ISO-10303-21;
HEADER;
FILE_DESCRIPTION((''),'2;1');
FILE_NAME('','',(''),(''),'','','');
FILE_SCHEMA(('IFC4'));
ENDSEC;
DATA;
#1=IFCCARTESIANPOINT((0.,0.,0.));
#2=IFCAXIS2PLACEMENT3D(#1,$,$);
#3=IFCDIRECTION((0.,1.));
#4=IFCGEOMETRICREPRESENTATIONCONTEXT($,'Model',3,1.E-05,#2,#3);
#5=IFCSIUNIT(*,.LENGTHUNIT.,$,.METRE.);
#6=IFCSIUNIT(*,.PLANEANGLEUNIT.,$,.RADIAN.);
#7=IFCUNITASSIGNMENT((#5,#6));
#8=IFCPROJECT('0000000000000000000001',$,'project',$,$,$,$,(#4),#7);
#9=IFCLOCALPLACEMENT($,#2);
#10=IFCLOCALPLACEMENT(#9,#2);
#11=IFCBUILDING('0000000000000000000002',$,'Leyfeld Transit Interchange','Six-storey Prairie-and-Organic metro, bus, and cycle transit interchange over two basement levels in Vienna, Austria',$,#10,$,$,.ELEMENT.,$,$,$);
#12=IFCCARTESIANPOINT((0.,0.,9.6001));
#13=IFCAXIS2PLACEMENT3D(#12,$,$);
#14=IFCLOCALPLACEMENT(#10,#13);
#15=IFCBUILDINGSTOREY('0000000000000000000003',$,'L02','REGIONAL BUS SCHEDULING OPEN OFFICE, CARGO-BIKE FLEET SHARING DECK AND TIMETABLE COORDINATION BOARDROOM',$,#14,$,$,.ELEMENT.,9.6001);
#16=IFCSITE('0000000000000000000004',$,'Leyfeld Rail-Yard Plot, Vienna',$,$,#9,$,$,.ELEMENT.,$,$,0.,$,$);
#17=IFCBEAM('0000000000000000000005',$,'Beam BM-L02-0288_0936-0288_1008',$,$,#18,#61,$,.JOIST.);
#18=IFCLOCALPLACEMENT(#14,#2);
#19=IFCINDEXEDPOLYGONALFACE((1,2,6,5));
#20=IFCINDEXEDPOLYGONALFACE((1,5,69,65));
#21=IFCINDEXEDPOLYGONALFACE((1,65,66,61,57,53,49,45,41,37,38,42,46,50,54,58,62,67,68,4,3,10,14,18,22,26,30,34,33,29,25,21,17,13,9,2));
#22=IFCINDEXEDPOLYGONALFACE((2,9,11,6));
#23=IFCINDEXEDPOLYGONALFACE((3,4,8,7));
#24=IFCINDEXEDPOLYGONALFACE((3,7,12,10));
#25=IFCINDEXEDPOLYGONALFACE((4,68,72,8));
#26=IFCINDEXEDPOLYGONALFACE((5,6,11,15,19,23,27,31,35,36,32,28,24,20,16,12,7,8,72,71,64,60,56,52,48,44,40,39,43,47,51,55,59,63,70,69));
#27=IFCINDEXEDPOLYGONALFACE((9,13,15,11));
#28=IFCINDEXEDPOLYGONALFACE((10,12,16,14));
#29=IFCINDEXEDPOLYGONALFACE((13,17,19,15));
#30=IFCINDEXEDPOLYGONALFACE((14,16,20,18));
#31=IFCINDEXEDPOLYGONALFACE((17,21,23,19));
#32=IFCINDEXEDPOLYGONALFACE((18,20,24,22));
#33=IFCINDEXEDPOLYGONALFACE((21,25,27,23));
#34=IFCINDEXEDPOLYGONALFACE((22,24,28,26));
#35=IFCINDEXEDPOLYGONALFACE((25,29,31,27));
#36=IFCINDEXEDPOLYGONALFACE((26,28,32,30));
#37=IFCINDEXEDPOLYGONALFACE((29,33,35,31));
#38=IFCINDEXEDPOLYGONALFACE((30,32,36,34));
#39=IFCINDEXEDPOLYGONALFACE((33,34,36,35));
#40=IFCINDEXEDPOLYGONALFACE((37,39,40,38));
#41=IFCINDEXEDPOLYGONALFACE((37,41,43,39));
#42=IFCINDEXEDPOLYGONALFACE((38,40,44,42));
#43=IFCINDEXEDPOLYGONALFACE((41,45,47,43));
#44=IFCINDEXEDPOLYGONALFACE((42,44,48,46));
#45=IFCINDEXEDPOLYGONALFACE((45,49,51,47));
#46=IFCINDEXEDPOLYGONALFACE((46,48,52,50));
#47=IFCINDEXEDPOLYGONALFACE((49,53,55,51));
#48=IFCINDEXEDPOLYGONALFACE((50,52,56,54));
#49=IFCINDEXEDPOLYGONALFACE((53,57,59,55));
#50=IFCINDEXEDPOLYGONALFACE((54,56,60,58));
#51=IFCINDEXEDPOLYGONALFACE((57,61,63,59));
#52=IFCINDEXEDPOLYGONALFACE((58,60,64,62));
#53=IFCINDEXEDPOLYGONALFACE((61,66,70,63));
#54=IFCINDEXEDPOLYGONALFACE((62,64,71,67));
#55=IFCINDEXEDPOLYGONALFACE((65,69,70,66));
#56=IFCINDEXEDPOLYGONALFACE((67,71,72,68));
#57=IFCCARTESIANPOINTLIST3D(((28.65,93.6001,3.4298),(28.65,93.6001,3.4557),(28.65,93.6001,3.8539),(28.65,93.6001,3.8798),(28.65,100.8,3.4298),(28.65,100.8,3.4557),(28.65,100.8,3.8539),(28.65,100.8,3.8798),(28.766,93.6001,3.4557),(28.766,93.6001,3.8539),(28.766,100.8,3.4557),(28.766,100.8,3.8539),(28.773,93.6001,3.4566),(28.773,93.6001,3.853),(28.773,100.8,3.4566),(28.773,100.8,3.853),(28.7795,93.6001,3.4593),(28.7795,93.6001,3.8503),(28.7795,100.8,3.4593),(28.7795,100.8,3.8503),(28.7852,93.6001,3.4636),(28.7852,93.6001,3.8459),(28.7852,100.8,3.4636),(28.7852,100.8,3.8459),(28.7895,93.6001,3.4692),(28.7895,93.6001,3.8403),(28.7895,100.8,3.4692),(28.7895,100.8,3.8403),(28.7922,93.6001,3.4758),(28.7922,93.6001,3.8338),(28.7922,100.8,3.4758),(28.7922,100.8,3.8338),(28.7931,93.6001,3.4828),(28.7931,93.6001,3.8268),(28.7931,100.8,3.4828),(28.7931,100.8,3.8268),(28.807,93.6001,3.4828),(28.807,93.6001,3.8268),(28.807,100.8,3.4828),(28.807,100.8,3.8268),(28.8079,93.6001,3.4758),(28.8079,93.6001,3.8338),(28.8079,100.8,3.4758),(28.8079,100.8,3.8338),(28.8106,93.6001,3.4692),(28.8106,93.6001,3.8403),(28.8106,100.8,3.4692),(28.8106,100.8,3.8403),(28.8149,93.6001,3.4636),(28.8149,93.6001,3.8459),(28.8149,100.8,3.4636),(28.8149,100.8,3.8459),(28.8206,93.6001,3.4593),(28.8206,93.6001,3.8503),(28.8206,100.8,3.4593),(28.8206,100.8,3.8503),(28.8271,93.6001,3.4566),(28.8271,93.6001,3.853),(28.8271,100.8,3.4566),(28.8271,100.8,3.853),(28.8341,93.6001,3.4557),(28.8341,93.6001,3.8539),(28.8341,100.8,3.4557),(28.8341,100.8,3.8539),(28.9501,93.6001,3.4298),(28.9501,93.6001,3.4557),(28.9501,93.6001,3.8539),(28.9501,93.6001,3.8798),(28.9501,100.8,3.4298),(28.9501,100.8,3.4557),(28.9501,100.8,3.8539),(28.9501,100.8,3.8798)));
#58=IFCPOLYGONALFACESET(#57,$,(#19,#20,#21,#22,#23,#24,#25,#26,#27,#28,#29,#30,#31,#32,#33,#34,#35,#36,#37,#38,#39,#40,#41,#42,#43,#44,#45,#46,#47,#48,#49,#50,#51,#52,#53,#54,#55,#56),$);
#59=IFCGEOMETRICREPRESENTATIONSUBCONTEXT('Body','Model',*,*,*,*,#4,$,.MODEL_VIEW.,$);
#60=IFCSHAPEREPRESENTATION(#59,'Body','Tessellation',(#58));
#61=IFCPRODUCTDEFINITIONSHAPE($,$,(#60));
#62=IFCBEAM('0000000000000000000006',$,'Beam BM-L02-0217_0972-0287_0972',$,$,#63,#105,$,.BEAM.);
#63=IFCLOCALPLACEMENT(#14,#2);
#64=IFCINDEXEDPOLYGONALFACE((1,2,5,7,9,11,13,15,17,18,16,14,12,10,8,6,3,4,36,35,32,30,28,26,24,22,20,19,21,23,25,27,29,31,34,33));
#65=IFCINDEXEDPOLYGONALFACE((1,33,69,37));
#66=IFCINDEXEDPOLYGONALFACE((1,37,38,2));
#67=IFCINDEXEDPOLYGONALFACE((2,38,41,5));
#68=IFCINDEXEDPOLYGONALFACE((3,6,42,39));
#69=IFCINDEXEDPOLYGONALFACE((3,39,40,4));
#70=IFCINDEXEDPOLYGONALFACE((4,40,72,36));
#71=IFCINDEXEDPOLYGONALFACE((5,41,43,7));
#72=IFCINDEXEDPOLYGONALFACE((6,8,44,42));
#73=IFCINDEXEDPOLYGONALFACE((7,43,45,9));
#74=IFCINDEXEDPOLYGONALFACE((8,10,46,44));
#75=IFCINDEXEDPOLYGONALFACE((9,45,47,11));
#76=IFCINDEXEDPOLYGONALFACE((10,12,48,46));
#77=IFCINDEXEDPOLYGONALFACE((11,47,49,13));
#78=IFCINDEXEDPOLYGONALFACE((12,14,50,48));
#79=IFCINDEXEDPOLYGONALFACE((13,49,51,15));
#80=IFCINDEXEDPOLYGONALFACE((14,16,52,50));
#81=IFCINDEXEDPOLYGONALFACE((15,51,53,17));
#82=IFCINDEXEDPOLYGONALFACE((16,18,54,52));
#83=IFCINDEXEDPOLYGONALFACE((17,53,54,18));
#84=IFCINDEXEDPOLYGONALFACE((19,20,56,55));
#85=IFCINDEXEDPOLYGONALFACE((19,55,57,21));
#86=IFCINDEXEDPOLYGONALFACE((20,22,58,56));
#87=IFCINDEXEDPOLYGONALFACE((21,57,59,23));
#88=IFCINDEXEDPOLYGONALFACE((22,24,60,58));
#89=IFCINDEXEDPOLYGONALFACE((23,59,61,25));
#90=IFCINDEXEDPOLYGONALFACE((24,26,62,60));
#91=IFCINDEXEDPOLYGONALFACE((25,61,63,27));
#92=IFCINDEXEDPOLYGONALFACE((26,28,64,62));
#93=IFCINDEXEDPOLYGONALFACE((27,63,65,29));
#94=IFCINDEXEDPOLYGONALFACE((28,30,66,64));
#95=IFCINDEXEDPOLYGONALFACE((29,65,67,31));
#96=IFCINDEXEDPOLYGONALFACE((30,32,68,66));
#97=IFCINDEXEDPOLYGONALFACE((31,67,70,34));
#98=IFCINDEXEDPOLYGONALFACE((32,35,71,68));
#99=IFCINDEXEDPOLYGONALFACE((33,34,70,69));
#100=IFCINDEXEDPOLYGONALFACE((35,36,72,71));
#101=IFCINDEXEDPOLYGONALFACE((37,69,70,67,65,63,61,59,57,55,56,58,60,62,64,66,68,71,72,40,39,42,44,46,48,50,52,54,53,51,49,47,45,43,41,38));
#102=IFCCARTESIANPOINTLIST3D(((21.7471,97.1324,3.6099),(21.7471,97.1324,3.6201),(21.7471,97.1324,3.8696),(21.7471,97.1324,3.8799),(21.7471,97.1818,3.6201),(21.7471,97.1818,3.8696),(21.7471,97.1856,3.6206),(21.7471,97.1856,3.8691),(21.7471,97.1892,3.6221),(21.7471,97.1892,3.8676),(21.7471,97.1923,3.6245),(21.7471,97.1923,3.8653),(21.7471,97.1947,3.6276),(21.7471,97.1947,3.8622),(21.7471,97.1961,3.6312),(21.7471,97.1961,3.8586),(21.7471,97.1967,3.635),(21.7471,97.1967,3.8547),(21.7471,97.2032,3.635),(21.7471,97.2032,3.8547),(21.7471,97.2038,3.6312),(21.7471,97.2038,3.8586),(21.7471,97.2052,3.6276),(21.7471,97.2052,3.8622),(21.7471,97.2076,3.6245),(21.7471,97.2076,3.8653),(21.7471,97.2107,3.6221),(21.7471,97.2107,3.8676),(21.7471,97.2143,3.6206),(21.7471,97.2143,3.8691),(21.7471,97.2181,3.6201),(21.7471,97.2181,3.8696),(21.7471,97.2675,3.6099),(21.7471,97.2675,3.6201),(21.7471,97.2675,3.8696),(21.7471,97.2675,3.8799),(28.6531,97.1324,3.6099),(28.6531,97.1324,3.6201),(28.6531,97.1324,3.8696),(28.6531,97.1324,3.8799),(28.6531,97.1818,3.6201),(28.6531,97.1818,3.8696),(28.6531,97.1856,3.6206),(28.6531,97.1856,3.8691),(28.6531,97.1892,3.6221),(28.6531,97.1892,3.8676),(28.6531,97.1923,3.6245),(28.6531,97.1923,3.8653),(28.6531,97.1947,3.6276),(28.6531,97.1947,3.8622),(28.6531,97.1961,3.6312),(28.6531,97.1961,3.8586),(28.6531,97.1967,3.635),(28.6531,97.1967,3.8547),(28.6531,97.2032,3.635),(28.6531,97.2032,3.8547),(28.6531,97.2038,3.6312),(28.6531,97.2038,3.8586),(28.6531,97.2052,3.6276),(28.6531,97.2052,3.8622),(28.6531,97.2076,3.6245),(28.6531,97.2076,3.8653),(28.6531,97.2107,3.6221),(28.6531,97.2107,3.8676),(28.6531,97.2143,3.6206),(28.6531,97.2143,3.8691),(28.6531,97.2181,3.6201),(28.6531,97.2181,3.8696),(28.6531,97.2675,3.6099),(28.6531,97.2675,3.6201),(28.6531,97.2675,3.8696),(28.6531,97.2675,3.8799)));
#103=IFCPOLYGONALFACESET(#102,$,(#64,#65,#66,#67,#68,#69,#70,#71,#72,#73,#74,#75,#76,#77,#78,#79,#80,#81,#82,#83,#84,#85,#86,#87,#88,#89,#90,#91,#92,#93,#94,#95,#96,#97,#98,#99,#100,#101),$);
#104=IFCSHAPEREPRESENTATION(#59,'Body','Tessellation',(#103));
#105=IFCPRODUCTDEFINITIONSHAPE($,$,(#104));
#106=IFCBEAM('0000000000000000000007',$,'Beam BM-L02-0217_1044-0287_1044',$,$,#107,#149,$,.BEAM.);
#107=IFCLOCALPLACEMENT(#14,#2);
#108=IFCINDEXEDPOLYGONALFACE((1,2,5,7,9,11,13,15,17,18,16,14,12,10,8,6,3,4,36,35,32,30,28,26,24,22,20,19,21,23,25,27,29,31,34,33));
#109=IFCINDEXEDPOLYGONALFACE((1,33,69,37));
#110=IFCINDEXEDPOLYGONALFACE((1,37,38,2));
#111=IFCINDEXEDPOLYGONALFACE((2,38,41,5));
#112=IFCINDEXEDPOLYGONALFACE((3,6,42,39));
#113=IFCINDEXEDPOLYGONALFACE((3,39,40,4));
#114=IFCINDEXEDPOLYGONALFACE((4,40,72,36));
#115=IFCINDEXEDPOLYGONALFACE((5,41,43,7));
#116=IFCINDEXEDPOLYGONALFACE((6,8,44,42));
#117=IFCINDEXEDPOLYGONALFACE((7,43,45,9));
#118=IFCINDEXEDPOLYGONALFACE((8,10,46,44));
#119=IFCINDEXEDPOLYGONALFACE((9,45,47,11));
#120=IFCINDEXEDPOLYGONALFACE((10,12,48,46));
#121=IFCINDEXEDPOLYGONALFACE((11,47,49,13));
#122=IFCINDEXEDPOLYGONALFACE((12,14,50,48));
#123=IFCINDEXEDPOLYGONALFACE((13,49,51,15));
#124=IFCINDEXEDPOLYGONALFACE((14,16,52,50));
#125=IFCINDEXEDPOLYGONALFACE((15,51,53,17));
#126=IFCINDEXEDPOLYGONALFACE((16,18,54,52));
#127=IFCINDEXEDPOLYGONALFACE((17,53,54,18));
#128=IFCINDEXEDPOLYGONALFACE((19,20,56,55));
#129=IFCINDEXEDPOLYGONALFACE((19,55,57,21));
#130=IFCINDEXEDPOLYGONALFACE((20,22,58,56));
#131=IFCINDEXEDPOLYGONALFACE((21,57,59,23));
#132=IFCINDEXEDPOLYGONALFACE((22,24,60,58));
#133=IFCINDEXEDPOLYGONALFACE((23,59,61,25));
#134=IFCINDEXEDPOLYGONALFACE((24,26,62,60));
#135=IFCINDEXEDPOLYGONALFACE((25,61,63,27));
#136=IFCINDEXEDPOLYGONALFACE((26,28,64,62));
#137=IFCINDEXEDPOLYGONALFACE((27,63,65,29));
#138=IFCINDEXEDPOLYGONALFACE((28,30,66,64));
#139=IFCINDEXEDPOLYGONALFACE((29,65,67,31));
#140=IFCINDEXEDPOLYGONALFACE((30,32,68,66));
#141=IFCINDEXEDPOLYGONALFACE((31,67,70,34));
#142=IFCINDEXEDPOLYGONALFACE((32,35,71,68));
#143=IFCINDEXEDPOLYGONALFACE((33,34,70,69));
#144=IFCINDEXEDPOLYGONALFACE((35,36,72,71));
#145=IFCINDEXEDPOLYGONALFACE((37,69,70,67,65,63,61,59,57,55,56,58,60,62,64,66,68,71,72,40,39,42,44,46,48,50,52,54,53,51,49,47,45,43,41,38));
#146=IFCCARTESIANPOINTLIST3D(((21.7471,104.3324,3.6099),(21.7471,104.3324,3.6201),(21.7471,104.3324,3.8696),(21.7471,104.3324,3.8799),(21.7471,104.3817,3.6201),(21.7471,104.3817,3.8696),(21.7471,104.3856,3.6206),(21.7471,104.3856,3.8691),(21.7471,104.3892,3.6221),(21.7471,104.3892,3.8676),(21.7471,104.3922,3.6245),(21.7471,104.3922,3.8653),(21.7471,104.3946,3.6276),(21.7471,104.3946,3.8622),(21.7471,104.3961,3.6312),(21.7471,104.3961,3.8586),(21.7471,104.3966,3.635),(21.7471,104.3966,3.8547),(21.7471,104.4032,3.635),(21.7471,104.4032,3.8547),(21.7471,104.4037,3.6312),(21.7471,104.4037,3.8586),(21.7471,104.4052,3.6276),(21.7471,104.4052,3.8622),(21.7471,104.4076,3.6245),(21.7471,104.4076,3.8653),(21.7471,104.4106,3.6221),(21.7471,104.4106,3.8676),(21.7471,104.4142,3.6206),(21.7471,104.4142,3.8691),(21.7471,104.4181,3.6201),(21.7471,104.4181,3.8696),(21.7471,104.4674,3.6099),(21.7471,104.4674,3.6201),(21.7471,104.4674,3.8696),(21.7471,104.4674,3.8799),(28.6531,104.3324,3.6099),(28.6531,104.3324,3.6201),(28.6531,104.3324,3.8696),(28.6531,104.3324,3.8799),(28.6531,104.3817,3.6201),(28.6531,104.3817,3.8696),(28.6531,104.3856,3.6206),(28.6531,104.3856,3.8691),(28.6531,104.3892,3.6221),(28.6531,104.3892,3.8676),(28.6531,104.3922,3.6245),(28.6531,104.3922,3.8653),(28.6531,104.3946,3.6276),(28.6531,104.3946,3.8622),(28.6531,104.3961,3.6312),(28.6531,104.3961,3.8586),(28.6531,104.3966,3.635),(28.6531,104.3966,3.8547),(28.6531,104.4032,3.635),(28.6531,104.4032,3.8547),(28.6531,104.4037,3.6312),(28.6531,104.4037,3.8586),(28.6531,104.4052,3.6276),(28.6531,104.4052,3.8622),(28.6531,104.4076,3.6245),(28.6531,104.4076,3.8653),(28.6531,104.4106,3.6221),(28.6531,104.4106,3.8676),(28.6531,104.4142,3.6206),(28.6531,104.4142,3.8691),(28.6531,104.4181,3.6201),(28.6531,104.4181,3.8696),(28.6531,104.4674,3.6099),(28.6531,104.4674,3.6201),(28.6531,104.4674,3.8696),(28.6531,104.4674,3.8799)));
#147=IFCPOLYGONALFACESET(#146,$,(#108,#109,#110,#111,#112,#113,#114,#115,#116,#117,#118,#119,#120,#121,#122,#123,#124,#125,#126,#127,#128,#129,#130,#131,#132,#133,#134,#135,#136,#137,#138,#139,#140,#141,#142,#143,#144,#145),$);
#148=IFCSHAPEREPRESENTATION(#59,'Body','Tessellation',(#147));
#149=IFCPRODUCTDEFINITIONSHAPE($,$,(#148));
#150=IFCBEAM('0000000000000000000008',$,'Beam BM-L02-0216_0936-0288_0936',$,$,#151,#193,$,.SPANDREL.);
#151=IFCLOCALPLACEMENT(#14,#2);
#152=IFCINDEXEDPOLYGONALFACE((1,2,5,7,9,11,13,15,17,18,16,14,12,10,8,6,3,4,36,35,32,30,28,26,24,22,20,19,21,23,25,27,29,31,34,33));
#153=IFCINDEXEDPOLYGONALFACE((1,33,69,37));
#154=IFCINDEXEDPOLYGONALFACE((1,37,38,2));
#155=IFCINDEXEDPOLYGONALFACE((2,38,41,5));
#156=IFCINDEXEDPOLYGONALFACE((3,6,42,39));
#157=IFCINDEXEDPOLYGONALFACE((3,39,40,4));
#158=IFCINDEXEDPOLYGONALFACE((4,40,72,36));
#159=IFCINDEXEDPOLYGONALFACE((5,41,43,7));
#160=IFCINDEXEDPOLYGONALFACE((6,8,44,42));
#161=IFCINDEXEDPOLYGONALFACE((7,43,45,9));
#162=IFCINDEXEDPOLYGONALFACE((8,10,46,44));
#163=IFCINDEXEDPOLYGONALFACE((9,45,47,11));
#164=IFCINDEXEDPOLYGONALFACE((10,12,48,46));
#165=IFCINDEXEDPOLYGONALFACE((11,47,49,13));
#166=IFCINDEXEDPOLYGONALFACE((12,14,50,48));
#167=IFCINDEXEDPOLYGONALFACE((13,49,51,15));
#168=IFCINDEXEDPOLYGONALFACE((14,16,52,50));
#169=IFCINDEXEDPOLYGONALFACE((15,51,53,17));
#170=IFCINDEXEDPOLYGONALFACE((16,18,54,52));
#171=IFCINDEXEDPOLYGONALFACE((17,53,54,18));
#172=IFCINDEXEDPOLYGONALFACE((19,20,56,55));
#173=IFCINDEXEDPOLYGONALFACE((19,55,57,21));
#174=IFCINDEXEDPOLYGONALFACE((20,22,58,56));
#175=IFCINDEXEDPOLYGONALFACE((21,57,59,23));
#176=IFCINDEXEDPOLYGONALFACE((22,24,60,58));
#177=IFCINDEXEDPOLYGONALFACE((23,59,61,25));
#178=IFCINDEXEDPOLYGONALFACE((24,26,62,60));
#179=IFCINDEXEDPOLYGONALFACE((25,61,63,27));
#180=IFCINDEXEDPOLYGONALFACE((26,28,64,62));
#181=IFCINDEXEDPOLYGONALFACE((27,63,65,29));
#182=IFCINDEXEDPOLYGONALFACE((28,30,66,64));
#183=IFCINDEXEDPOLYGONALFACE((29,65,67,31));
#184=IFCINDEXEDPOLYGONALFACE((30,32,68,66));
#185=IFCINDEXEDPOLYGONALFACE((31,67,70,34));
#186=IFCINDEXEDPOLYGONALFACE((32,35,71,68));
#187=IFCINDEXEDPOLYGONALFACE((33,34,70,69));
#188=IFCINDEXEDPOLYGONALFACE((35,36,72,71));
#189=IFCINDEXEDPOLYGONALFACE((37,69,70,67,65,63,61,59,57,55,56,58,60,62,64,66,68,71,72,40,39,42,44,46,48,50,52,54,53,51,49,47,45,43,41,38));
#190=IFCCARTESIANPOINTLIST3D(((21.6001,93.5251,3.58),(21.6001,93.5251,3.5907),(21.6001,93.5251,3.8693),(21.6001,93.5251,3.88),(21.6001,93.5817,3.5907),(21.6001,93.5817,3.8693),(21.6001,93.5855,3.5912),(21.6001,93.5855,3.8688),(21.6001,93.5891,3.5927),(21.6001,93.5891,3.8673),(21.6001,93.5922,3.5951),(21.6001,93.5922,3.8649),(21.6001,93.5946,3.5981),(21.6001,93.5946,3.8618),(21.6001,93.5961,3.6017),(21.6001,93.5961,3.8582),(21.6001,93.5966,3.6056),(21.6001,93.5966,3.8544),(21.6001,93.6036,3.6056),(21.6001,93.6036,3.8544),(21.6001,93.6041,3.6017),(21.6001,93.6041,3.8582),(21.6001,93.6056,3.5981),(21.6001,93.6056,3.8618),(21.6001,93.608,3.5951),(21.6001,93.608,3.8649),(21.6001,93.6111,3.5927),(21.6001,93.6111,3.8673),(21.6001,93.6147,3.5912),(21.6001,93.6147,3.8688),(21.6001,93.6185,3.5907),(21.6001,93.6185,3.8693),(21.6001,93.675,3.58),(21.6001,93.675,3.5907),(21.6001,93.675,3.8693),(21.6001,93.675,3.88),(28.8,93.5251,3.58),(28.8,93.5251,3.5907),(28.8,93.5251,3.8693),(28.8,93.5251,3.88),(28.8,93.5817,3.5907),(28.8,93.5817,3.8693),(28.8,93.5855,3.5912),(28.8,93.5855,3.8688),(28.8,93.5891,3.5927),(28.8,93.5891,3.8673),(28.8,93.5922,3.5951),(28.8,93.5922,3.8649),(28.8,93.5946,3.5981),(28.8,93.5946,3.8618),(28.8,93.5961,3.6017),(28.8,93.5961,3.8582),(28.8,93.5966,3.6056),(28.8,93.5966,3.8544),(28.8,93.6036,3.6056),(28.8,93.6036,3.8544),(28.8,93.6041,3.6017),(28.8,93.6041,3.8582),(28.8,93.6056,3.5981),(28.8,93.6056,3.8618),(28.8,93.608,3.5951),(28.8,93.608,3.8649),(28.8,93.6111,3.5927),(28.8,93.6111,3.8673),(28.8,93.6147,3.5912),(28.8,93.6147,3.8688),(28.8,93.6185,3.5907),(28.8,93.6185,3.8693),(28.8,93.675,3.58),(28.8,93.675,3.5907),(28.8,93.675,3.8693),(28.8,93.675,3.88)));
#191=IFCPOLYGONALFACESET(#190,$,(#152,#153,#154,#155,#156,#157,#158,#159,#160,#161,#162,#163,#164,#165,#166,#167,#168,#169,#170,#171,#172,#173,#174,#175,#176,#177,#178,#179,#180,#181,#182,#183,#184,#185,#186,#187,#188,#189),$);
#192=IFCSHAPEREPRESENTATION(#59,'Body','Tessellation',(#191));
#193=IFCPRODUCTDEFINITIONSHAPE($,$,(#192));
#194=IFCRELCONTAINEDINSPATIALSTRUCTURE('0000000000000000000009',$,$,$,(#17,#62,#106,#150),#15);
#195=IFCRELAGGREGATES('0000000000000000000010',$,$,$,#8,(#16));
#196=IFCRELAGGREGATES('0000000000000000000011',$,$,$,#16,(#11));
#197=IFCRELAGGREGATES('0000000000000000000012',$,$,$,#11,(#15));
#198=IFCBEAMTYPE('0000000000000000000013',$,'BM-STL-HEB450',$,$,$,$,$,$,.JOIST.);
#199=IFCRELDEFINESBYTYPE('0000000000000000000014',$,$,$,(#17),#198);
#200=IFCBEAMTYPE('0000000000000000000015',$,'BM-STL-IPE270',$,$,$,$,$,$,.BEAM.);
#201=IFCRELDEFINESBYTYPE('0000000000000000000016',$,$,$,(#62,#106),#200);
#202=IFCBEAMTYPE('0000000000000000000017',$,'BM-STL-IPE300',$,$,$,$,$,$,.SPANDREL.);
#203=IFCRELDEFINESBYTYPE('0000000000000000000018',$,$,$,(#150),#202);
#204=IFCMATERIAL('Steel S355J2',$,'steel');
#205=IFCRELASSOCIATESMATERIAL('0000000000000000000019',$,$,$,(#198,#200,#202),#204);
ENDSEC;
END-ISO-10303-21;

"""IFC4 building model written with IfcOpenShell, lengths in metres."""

from ifc_helpers import new_model, si_unit, direction, frame, origin, origin_2d, place, context, subcontext, project, spatial, i_section, extrude, material, material_profile, profile_set, type_object, element, save


model = new_model("IFC4")

# Units and contexts
model_context = context("Model", 3, precision=1e-05, world=origin(), true_north=direction((0.0, 1.0)))
body_context = subcontext(model_context, "Body", "Model", "MODEL_VIEW")
ifc_project = project(units=[si_unit("LENGTHUNIT", "METRE"), si_unit("PLANEANGLEUNIT", "RADIAN")], contexts=[model_context])

# Site, building, storey
site_placement = place(None, origin())
site = spatial("IfcSite", under=ifc_project, at=site_placement, Name="Leyfeld Rail-Yard Plot, Vienna", CompositionType="ELEMENT", RefElevation=0.0)
building_placement = place(site_placement, origin())
building = spatial("IfcBuilding", under=site, at=building_placement, Name="Leyfeld Transit Interchange", Description="Six-storey Prairie-and-Organic metro, bus, and cycle transit interchange over two basement levels in Vienna, Austria", CompositionType="ELEMENT")
storey_placement = place(building_placement, frame((0.0, 0.0, 9.6001)))
storey = spatial("IfcBuildingStorey", under=building, at=storey_placement, Name="L02", Description="REGIONAL BUS SCHEDULING OPEN OFFICE, CARGO-BIKE FLEET SHARING DECK AND TIMETABLE COORDINATION BOARDROOM", CompositionType="ELEMENT", Elevation=9.6001)

# Beams
ifc_material_1 = material(Name="Steel S355J2", Category="steel")
ifc_material_profile_1 = material_profile(ifc_material_1, i_section(OverallWidth=0.3, OverallDepth=0.45, WebThickness=0.0139, FlangeThickness=0.0259, FilletRadius=0.0271, at=origin_2d()), Name="HEB 450")
ifc_profile_set_1 = profile_set([ifc_material_profile_1], Name="Steel S355J2")
beam_type_1 = type_object("IfcBeamType", Name="BM-STL-HEB450", PredefinedType="JOIST", material=ifc_profile_set_1)
for number, where, z_axis, x_axis, name in (
    (1, (28.8, 93.6001, 3.6548), (0.0, 1.0, 0.0), (-1.0, 0.0, 0.0), "Beam BM-L02-0288_0936-0288_1008"),
):
    element("IfcBeam", number, at=place(storey_placement, frame(where, z_axis=z_axis, x_axis=x_axis)), inside=storey, type_object=beam_type_1, Name=name, PredefinedType="JOIST", context=body_context, shape_type="SweptSolid", body=[
        extrude(i_section(OverallWidth=0.3, OverallDepth=0.45, WebThickness=0.0139, FlangeThickness=0.0259, FilletRadius=0.0271, at=origin_2d()), origin(), (0.0, 0.0, 1.0), 7.2),
    ])
ifc_material_profile_2 = material_profile(ifc_material_1, i_section(OverallWidth=0.135, OverallDepth=0.27, WebThickness=0.0066, FlangeThickness=0.0103, FilletRadius=0.0149, at=origin_2d()), Name="IPE 270")
ifc_profile_set_2 = profile_set([ifc_material_profile_2], Name="Steel S355J2")
beam_type_2 = type_object("IfcBeamType", Name="BM-STL-IPE270", PredefinedType="BEAM", material=ifc_profile_set_2)
for number, where, z_axis, x_axis, name in (
    (2, (21.7471, 97.2, 3.7449), (1.0, 0.0, 0.0), (0.0, 1.0, 0.0), "Beam BM-L02-0217_0972-0287_0972"),
    (3, (21.7471, 104.3999, 3.7449), (1.0, 0.0, 0.0), (0.0, 1.0, 0.0), "Beam BM-L02-0217_1044-0287_1044"),
):
    element("IfcBeam", number, at=place(storey_placement, frame(where, z_axis=z_axis, x_axis=x_axis)), inside=storey, type_object=beam_type_2, Name=name, PredefinedType="BEAM", context=body_context, shape_type="SweptSolid", body=[
        extrude(i_section(OverallWidth=0.135, OverallDepth=0.27, WebThickness=0.0066, FlangeThickness=0.0103, FilletRadius=0.0149, at=origin_2d()), origin(), (0.0, 0.0, 1.0), 6.906),
    ])
ifc_material_profile_3 = material_profile(ifc_material_1, i_section(OverallWidth=0.1499, OverallDepth=0.3, WebThickness=0.0071, FlangeThickness=0.0107, FilletRadius=0.0149, at=origin_2d()), Name="IPE 300")
ifc_profile_set_3 = profile_set([ifc_material_profile_3], Name="Steel S355J2")
beam_type_3 = type_object("IfcBeamType", Name="BM-STL-IPE300", PredefinedType="SPANDREL", material=ifc_profile_set_3)
for number, where, z_axis, x_axis, name in (
    (4, (21.6001, 93.6001, 3.73), (1.0, 0.0, 0.0), (0.0, 1.0, 0.0), "Beam BM-L02-0216_0936-0288_0936"),
):
    element("IfcBeam", number, at=place(storey_placement, frame(where, z_axis=z_axis, x_axis=x_axis)), inside=storey, type_object=beam_type_3, Name=name, PredefinedType="SPANDREL", context=body_context, shape_type="SweptSolid", body=[
        extrude(i_section(OverallWidth=0.1499, OverallDepth=0.3, WebThickness=0.0071, FlangeThickness=0.0107, FilletRadius=0.0149, at=origin_2d()), origin(), (0.0, 0.0, 1.0), 7.2),
    ])

save(model, "model.ifc")
